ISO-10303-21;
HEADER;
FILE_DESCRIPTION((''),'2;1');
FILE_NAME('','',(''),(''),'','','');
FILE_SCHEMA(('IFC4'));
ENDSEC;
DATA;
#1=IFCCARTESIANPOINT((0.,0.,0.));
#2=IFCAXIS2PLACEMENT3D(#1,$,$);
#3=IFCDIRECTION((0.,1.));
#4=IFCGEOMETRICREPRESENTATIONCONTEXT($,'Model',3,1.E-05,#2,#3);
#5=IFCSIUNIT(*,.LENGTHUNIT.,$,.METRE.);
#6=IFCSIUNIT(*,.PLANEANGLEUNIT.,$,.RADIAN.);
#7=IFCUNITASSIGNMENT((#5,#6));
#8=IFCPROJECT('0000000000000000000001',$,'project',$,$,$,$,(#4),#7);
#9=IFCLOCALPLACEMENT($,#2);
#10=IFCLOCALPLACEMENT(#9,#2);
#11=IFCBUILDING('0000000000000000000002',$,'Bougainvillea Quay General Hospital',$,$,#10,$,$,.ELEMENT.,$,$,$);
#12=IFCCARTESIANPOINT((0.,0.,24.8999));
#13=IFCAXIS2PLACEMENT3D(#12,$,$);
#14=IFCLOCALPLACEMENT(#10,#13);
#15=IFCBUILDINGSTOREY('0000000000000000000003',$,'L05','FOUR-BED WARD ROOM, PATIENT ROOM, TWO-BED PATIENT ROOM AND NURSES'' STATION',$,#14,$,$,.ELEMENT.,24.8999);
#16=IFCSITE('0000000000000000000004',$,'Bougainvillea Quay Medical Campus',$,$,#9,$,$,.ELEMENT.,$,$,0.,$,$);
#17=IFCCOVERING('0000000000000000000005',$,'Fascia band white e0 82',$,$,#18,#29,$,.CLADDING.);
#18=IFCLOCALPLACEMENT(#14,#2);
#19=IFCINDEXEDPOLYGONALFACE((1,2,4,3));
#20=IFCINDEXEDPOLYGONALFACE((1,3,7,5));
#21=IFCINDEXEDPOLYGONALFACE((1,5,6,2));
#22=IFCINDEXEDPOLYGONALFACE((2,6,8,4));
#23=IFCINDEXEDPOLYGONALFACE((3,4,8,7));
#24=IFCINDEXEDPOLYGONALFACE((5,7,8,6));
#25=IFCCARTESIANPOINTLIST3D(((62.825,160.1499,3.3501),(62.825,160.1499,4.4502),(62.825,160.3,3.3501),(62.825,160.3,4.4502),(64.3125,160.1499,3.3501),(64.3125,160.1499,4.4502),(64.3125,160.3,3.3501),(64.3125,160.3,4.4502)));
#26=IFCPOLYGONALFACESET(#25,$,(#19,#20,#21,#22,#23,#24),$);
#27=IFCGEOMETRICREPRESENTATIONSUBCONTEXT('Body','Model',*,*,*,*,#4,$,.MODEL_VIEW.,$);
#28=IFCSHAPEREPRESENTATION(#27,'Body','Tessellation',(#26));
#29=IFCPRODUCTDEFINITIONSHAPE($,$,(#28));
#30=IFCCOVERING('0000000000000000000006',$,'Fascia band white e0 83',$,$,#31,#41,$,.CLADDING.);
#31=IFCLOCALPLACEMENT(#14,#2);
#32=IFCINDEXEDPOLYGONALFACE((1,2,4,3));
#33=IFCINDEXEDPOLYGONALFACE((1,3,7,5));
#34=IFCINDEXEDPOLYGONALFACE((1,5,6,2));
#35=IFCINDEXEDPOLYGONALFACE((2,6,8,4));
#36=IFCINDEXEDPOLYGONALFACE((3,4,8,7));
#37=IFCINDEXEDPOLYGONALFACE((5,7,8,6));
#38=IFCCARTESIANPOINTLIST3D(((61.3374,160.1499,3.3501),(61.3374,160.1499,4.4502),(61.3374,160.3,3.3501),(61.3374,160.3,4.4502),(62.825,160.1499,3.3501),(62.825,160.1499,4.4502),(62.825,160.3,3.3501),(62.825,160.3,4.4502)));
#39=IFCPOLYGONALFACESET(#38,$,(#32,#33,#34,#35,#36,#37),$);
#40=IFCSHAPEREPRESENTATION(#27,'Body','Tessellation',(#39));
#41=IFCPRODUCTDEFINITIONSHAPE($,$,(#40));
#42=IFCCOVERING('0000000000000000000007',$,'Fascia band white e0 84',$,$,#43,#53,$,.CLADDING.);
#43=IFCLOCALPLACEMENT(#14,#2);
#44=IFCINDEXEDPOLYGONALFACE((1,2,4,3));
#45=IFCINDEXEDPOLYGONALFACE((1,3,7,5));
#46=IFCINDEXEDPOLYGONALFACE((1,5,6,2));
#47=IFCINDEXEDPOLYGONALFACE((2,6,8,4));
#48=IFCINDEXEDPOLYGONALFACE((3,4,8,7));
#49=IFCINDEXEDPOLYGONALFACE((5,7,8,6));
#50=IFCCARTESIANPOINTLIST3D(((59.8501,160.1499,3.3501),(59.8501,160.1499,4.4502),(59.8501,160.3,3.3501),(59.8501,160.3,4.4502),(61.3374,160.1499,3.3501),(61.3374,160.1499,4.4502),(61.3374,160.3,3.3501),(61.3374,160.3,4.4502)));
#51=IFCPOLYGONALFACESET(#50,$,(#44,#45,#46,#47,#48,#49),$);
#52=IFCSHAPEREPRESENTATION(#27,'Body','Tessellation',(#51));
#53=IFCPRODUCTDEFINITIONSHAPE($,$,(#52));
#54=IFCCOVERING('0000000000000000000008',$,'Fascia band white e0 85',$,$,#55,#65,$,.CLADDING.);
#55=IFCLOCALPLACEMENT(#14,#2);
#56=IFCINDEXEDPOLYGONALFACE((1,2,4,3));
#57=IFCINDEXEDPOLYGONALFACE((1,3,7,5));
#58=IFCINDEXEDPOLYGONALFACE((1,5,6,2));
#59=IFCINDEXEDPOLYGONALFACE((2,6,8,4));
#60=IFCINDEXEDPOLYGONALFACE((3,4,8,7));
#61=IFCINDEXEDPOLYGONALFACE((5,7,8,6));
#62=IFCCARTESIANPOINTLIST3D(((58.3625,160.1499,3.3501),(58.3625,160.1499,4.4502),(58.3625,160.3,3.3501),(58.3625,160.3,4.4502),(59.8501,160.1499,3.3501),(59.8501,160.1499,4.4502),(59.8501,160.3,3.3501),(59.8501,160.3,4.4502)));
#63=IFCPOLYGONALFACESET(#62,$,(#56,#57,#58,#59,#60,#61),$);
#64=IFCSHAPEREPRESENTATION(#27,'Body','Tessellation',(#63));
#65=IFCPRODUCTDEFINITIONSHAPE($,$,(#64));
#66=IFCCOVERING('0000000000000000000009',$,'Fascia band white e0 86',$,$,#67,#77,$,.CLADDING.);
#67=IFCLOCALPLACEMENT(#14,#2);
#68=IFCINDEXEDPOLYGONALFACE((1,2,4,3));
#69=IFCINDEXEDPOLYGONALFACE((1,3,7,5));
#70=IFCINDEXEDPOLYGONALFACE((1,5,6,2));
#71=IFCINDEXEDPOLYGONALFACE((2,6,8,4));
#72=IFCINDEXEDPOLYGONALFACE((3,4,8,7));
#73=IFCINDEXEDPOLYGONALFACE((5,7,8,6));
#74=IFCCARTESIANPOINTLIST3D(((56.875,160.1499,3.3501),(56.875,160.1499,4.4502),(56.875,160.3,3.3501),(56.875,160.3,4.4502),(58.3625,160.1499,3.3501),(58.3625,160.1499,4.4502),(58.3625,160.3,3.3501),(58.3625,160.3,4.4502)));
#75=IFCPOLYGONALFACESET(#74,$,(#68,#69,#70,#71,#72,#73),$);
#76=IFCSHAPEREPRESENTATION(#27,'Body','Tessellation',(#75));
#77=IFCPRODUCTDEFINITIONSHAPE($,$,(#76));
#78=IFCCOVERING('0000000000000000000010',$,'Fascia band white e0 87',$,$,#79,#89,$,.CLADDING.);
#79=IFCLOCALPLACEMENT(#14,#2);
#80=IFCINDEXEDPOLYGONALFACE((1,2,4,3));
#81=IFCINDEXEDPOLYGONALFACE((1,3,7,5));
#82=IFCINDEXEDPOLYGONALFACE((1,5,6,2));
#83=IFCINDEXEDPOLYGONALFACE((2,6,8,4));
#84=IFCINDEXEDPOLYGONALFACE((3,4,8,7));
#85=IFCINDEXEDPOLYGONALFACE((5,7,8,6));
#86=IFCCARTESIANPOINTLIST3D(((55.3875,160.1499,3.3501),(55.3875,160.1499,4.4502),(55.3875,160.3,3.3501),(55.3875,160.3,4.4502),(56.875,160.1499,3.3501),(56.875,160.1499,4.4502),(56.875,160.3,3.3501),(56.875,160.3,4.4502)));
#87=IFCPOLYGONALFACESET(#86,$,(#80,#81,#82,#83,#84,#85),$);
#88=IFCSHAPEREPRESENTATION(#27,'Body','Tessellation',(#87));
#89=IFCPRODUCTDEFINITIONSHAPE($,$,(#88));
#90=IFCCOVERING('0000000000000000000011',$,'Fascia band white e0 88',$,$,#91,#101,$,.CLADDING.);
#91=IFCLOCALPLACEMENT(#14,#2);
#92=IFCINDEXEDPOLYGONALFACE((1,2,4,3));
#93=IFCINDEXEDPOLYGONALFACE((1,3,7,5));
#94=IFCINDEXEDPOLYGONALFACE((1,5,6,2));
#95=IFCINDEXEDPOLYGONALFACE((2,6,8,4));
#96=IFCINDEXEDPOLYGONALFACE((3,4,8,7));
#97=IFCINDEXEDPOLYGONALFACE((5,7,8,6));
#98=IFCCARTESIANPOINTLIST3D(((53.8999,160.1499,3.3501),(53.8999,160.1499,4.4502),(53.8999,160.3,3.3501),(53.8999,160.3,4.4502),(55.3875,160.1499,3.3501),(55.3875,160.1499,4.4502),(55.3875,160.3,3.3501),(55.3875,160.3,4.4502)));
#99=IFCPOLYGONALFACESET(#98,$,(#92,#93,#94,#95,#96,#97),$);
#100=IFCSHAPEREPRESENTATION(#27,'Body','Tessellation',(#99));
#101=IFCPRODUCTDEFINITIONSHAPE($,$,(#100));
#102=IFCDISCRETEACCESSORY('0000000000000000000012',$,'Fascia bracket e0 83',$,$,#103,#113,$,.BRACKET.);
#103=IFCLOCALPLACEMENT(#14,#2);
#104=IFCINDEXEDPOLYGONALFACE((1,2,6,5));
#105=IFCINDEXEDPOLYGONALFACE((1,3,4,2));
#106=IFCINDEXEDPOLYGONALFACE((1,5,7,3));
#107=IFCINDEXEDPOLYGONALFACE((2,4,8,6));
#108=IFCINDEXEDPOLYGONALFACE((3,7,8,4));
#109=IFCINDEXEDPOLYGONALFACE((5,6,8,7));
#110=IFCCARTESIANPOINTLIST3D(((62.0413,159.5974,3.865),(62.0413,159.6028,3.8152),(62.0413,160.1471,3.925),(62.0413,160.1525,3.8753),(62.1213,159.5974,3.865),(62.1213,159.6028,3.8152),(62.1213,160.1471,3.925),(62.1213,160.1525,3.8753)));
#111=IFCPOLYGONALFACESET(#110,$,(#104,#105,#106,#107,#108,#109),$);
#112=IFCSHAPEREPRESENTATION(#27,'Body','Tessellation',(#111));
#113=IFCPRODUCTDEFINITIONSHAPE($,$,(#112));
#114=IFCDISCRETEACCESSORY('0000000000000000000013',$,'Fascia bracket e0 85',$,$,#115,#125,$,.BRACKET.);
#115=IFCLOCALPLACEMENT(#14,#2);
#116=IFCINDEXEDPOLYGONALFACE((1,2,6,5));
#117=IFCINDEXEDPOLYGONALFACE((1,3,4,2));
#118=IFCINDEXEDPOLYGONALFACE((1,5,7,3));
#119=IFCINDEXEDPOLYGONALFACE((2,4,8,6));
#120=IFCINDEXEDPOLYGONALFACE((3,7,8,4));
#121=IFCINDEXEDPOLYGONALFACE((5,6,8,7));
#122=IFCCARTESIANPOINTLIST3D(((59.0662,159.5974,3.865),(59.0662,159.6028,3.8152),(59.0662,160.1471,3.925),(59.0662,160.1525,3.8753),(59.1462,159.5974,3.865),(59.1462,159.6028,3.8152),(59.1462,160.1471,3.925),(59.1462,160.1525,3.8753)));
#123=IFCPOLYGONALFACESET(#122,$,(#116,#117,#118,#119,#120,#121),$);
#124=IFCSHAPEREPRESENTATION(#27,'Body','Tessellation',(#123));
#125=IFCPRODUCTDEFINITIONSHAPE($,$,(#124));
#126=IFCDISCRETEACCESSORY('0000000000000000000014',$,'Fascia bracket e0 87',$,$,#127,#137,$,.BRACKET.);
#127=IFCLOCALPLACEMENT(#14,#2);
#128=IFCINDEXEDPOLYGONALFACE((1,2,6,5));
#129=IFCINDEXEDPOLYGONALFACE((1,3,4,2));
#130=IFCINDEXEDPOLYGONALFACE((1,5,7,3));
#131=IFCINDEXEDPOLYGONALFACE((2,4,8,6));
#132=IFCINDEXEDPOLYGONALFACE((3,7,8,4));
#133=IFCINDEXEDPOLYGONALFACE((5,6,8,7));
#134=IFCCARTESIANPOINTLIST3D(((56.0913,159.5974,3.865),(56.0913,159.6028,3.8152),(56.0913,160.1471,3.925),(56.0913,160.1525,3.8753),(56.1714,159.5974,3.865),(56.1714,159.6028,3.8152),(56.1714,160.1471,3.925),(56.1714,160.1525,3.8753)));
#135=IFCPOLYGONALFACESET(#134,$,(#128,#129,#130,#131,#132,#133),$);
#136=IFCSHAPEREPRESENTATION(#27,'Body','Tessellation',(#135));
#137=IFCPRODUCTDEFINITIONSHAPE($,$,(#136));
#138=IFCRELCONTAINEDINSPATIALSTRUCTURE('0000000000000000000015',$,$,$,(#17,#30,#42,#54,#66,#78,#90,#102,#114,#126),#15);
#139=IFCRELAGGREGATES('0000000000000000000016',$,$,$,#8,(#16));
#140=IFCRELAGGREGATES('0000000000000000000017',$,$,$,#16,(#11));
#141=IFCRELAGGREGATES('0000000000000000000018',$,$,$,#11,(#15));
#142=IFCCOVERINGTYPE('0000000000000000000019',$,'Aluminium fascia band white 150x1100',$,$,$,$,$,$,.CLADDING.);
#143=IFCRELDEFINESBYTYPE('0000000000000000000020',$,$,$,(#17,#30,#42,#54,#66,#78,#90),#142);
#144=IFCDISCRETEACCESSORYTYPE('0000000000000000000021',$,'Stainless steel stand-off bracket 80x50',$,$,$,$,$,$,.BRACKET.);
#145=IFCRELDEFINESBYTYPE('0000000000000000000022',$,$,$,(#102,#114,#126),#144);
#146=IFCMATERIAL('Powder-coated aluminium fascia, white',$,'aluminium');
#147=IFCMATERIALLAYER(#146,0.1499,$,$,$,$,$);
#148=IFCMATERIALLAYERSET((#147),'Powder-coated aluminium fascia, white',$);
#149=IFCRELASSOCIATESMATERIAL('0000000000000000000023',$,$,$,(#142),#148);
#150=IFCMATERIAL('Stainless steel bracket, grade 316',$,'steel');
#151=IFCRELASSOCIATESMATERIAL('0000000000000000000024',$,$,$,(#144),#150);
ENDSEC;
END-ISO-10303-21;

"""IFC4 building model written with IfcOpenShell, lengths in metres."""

from ifc_helpers import new_model, si_unit, direction, frame, origin, origin_2d, place, context, subcontext, project, spatial, polyline, rectangle, outline, extrude, material, layer, layer_set, material_profile, profile_set, type_object, element, save


model = new_model("IFC4")

# Units and contexts
model_context = context("Model", 3, precision=1e-05, world=origin(), true_north=direction((0.0, 1.0)))
body_context = subcontext(model_context, "Body", "Model", "MODEL_VIEW")
ifc_project = project(units=[si_unit("LENGTHUNIT", "METRE"), si_unit("PLANEANGLEUNIT", "RADIAN")], contexts=[model_context])

# Site, building, storey
site_placement = place(None, origin())
site = spatial("IfcSite", under=ifc_project, at=site_placement, Name="Bougainvillea Quay Medical Campus", CompositionType="ELEMENT", RefElevation=0.0)
building_placement = place(site_placement, origin())
building = spatial("IfcBuilding", under=site, at=building_placement, Name="Bougainvillea Quay General Hospital", CompositionType="ELEMENT")
storey_placement = place(building_placement, frame((0.0, 0.0, 24.8999)))
storey = spatial("IfcBuildingStorey", under=building, at=storey_placement, Name="L05", Description="FOUR-BED WARD ROOM, PATIENT ROOM, TWO-BED PATIENT ROOM AND NURSES' STATION", CompositionType="ELEMENT", Elevation=24.8999)

# Coverings
ifc_material_1 = material(Name="Powder-coated aluminium fascia, white", Category="aluminium")
ifc_layer_1 = layer(ifc_material_1, 0.1499)
ifc_layer_set_1 = layer_set([ifc_layer_1], Name="Powder-coated aluminium fascia, white")
covering_type = type_object("IfcCoveringType", Name="Aluminium fascia band white 150x1100", PredefinedType="CLADDING", material=ifc_layer_set_1)
for number, where, z_axis, x_axis, name in (
    (1, (64.3125, 160.1499, 3.3501), (0.0, 0.0, 1.0), (-1.0, 0.0, 0.0), "Fascia band white e0 82"),
    (2, (62.825, 160.1499, 3.3501), (0.0, 0.0, 1.0), (-1.0, 0.0, 0.0), "Fascia band white e0 83"),
):
    element("IfcCovering", number, at=place(storey_placement, frame(where, z_axis=z_axis, x_axis=x_axis)), inside=storey, type_object=covering_type, Name=name, PredefinedType="CLADDING", context=body_context, shape_type="SweptSolid", body=[
        extrude(outline(polyline([(0.0, 0.0), (1.4875, 0.0), (1.4875, -0.1501), (0.0, -0.1501), (0.0, 0.0)])), origin(), (0.0, 0.0, 1.0), 1.1001),
    ])
covering_placement = place(storey_placement, frame((61.3374, 160.1499, 3.3501), z_axis=(0.0, 0.0, 1.0), x_axis=(-1.0, 0.0, 0.0)))
element("IfcCovering", 3, at=covering_placement, inside=storey, type_object=covering_type, Name="Fascia band white e0 84", PredefinedType="CLADDING", context=body_context, shape_type="SweptSolid", body=[
    extrude(outline(polyline([(0.0, 0.0), (1.4873, 0.0), (1.4873, -0.1501), (0.0, -0.1501), (0.0, 0.0)])), origin(), (0.0, 0.0, 1.0), 1.1001),
])
for number, where, z_axis, x_axis, name in (
    (4, (59.8501, 160.1499, 3.3501), (0.0, 0.0, 1.0), (-1.0, 0.0, 0.0), "Fascia band white e0 85"),
    (5, (58.3625, 160.1499, 3.3501), (0.0, 0.0, 1.0), (-1.0, 0.0, 0.0), "Fascia band white e0 86"),
    (6, (56.875, 160.1499, 3.3501), (0.0, 0.0, 1.0), (-1.0, 0.0, 0.0), "Fascia band white e0 87"),
    (7, (55.3875, 160.1499, 3.3501), (0.0, 0.0, 1.0), (-1.0, 0.0, 0.0), "Fascia band white e0 88"),
):
    element("IfcCovering", number, at=place(storey_placement, frame(where, z_axis=z_axis, x_axis=x_axis)), inside=storey, type_object=covering_type, Name=name, PredefinedType="CLADDING", context=body_context, shape_type="SweptSolid", body=[
        extrude(outline(polyline([(0.0, 0.0), (1.4875, 0.0), (1.4875, -0.1501), (0.0, -0.1501), (0.0, 0.0)])), origin(), (0.0, 0.0, 1.0), 1.1001),
    ])

# Discrete accessories
ifc_material_2 = material(Name="Stainless steel bracket, grade 316", Category="steel")
ifc_material_profile_1 = material_profile(ifc_material_2, rectangle(XDim=0.0801, YDim=0.05, at=origin_2d()))
ifc_profile_set_1 = profile_set([ifc_material_profile_1], Name="Stainless steel bracket, grade 316")
discrete_accessory_type = type_object("IfcDiscreteAccessoryType", Name="Stainless steel stand-off bracket 80x50", PredefinedType="BRACKET", material=ifc_profile_set_1)
for number, where, z_axis, x_axis, name in (
    (8, (62.0813, 159.6001, 3.8401), (0.0, 0.994087, 0.10859), (-1.0, 0.0, 0.0), "Fascia bracket e0 83"),
    (9, (59.1062, 159.6001, 3.8401), (0.0, 0.994087, 0.10859), (-1.0, 0.0, 0.0), "Fascia bracket e0 85"),
    (10, (56.1313, 159.6001, 3.8401), (0.0, 0.994087, 0.10859), (-1.0, 0.0, 0.0), "Fascia bracket e0 87"),
):
    element("IfcDiscreteAccessory", number, at=place(storey_placement, frame(where, z_axis=z_axis, x_axis=x_axis)), inside=storey, type_object=discrete_accessory_type, Name=name, PredefinedType="BRACKET", context=body_context, shape_type="SweptSolid", body=[
        extrude(rectangle(XDim=0.0801, YDim=0.05, at=origin_2d()), origin(), (0.0, 0.0, 1.0), 0.553),
    ])

save(model, "model.ifc")
